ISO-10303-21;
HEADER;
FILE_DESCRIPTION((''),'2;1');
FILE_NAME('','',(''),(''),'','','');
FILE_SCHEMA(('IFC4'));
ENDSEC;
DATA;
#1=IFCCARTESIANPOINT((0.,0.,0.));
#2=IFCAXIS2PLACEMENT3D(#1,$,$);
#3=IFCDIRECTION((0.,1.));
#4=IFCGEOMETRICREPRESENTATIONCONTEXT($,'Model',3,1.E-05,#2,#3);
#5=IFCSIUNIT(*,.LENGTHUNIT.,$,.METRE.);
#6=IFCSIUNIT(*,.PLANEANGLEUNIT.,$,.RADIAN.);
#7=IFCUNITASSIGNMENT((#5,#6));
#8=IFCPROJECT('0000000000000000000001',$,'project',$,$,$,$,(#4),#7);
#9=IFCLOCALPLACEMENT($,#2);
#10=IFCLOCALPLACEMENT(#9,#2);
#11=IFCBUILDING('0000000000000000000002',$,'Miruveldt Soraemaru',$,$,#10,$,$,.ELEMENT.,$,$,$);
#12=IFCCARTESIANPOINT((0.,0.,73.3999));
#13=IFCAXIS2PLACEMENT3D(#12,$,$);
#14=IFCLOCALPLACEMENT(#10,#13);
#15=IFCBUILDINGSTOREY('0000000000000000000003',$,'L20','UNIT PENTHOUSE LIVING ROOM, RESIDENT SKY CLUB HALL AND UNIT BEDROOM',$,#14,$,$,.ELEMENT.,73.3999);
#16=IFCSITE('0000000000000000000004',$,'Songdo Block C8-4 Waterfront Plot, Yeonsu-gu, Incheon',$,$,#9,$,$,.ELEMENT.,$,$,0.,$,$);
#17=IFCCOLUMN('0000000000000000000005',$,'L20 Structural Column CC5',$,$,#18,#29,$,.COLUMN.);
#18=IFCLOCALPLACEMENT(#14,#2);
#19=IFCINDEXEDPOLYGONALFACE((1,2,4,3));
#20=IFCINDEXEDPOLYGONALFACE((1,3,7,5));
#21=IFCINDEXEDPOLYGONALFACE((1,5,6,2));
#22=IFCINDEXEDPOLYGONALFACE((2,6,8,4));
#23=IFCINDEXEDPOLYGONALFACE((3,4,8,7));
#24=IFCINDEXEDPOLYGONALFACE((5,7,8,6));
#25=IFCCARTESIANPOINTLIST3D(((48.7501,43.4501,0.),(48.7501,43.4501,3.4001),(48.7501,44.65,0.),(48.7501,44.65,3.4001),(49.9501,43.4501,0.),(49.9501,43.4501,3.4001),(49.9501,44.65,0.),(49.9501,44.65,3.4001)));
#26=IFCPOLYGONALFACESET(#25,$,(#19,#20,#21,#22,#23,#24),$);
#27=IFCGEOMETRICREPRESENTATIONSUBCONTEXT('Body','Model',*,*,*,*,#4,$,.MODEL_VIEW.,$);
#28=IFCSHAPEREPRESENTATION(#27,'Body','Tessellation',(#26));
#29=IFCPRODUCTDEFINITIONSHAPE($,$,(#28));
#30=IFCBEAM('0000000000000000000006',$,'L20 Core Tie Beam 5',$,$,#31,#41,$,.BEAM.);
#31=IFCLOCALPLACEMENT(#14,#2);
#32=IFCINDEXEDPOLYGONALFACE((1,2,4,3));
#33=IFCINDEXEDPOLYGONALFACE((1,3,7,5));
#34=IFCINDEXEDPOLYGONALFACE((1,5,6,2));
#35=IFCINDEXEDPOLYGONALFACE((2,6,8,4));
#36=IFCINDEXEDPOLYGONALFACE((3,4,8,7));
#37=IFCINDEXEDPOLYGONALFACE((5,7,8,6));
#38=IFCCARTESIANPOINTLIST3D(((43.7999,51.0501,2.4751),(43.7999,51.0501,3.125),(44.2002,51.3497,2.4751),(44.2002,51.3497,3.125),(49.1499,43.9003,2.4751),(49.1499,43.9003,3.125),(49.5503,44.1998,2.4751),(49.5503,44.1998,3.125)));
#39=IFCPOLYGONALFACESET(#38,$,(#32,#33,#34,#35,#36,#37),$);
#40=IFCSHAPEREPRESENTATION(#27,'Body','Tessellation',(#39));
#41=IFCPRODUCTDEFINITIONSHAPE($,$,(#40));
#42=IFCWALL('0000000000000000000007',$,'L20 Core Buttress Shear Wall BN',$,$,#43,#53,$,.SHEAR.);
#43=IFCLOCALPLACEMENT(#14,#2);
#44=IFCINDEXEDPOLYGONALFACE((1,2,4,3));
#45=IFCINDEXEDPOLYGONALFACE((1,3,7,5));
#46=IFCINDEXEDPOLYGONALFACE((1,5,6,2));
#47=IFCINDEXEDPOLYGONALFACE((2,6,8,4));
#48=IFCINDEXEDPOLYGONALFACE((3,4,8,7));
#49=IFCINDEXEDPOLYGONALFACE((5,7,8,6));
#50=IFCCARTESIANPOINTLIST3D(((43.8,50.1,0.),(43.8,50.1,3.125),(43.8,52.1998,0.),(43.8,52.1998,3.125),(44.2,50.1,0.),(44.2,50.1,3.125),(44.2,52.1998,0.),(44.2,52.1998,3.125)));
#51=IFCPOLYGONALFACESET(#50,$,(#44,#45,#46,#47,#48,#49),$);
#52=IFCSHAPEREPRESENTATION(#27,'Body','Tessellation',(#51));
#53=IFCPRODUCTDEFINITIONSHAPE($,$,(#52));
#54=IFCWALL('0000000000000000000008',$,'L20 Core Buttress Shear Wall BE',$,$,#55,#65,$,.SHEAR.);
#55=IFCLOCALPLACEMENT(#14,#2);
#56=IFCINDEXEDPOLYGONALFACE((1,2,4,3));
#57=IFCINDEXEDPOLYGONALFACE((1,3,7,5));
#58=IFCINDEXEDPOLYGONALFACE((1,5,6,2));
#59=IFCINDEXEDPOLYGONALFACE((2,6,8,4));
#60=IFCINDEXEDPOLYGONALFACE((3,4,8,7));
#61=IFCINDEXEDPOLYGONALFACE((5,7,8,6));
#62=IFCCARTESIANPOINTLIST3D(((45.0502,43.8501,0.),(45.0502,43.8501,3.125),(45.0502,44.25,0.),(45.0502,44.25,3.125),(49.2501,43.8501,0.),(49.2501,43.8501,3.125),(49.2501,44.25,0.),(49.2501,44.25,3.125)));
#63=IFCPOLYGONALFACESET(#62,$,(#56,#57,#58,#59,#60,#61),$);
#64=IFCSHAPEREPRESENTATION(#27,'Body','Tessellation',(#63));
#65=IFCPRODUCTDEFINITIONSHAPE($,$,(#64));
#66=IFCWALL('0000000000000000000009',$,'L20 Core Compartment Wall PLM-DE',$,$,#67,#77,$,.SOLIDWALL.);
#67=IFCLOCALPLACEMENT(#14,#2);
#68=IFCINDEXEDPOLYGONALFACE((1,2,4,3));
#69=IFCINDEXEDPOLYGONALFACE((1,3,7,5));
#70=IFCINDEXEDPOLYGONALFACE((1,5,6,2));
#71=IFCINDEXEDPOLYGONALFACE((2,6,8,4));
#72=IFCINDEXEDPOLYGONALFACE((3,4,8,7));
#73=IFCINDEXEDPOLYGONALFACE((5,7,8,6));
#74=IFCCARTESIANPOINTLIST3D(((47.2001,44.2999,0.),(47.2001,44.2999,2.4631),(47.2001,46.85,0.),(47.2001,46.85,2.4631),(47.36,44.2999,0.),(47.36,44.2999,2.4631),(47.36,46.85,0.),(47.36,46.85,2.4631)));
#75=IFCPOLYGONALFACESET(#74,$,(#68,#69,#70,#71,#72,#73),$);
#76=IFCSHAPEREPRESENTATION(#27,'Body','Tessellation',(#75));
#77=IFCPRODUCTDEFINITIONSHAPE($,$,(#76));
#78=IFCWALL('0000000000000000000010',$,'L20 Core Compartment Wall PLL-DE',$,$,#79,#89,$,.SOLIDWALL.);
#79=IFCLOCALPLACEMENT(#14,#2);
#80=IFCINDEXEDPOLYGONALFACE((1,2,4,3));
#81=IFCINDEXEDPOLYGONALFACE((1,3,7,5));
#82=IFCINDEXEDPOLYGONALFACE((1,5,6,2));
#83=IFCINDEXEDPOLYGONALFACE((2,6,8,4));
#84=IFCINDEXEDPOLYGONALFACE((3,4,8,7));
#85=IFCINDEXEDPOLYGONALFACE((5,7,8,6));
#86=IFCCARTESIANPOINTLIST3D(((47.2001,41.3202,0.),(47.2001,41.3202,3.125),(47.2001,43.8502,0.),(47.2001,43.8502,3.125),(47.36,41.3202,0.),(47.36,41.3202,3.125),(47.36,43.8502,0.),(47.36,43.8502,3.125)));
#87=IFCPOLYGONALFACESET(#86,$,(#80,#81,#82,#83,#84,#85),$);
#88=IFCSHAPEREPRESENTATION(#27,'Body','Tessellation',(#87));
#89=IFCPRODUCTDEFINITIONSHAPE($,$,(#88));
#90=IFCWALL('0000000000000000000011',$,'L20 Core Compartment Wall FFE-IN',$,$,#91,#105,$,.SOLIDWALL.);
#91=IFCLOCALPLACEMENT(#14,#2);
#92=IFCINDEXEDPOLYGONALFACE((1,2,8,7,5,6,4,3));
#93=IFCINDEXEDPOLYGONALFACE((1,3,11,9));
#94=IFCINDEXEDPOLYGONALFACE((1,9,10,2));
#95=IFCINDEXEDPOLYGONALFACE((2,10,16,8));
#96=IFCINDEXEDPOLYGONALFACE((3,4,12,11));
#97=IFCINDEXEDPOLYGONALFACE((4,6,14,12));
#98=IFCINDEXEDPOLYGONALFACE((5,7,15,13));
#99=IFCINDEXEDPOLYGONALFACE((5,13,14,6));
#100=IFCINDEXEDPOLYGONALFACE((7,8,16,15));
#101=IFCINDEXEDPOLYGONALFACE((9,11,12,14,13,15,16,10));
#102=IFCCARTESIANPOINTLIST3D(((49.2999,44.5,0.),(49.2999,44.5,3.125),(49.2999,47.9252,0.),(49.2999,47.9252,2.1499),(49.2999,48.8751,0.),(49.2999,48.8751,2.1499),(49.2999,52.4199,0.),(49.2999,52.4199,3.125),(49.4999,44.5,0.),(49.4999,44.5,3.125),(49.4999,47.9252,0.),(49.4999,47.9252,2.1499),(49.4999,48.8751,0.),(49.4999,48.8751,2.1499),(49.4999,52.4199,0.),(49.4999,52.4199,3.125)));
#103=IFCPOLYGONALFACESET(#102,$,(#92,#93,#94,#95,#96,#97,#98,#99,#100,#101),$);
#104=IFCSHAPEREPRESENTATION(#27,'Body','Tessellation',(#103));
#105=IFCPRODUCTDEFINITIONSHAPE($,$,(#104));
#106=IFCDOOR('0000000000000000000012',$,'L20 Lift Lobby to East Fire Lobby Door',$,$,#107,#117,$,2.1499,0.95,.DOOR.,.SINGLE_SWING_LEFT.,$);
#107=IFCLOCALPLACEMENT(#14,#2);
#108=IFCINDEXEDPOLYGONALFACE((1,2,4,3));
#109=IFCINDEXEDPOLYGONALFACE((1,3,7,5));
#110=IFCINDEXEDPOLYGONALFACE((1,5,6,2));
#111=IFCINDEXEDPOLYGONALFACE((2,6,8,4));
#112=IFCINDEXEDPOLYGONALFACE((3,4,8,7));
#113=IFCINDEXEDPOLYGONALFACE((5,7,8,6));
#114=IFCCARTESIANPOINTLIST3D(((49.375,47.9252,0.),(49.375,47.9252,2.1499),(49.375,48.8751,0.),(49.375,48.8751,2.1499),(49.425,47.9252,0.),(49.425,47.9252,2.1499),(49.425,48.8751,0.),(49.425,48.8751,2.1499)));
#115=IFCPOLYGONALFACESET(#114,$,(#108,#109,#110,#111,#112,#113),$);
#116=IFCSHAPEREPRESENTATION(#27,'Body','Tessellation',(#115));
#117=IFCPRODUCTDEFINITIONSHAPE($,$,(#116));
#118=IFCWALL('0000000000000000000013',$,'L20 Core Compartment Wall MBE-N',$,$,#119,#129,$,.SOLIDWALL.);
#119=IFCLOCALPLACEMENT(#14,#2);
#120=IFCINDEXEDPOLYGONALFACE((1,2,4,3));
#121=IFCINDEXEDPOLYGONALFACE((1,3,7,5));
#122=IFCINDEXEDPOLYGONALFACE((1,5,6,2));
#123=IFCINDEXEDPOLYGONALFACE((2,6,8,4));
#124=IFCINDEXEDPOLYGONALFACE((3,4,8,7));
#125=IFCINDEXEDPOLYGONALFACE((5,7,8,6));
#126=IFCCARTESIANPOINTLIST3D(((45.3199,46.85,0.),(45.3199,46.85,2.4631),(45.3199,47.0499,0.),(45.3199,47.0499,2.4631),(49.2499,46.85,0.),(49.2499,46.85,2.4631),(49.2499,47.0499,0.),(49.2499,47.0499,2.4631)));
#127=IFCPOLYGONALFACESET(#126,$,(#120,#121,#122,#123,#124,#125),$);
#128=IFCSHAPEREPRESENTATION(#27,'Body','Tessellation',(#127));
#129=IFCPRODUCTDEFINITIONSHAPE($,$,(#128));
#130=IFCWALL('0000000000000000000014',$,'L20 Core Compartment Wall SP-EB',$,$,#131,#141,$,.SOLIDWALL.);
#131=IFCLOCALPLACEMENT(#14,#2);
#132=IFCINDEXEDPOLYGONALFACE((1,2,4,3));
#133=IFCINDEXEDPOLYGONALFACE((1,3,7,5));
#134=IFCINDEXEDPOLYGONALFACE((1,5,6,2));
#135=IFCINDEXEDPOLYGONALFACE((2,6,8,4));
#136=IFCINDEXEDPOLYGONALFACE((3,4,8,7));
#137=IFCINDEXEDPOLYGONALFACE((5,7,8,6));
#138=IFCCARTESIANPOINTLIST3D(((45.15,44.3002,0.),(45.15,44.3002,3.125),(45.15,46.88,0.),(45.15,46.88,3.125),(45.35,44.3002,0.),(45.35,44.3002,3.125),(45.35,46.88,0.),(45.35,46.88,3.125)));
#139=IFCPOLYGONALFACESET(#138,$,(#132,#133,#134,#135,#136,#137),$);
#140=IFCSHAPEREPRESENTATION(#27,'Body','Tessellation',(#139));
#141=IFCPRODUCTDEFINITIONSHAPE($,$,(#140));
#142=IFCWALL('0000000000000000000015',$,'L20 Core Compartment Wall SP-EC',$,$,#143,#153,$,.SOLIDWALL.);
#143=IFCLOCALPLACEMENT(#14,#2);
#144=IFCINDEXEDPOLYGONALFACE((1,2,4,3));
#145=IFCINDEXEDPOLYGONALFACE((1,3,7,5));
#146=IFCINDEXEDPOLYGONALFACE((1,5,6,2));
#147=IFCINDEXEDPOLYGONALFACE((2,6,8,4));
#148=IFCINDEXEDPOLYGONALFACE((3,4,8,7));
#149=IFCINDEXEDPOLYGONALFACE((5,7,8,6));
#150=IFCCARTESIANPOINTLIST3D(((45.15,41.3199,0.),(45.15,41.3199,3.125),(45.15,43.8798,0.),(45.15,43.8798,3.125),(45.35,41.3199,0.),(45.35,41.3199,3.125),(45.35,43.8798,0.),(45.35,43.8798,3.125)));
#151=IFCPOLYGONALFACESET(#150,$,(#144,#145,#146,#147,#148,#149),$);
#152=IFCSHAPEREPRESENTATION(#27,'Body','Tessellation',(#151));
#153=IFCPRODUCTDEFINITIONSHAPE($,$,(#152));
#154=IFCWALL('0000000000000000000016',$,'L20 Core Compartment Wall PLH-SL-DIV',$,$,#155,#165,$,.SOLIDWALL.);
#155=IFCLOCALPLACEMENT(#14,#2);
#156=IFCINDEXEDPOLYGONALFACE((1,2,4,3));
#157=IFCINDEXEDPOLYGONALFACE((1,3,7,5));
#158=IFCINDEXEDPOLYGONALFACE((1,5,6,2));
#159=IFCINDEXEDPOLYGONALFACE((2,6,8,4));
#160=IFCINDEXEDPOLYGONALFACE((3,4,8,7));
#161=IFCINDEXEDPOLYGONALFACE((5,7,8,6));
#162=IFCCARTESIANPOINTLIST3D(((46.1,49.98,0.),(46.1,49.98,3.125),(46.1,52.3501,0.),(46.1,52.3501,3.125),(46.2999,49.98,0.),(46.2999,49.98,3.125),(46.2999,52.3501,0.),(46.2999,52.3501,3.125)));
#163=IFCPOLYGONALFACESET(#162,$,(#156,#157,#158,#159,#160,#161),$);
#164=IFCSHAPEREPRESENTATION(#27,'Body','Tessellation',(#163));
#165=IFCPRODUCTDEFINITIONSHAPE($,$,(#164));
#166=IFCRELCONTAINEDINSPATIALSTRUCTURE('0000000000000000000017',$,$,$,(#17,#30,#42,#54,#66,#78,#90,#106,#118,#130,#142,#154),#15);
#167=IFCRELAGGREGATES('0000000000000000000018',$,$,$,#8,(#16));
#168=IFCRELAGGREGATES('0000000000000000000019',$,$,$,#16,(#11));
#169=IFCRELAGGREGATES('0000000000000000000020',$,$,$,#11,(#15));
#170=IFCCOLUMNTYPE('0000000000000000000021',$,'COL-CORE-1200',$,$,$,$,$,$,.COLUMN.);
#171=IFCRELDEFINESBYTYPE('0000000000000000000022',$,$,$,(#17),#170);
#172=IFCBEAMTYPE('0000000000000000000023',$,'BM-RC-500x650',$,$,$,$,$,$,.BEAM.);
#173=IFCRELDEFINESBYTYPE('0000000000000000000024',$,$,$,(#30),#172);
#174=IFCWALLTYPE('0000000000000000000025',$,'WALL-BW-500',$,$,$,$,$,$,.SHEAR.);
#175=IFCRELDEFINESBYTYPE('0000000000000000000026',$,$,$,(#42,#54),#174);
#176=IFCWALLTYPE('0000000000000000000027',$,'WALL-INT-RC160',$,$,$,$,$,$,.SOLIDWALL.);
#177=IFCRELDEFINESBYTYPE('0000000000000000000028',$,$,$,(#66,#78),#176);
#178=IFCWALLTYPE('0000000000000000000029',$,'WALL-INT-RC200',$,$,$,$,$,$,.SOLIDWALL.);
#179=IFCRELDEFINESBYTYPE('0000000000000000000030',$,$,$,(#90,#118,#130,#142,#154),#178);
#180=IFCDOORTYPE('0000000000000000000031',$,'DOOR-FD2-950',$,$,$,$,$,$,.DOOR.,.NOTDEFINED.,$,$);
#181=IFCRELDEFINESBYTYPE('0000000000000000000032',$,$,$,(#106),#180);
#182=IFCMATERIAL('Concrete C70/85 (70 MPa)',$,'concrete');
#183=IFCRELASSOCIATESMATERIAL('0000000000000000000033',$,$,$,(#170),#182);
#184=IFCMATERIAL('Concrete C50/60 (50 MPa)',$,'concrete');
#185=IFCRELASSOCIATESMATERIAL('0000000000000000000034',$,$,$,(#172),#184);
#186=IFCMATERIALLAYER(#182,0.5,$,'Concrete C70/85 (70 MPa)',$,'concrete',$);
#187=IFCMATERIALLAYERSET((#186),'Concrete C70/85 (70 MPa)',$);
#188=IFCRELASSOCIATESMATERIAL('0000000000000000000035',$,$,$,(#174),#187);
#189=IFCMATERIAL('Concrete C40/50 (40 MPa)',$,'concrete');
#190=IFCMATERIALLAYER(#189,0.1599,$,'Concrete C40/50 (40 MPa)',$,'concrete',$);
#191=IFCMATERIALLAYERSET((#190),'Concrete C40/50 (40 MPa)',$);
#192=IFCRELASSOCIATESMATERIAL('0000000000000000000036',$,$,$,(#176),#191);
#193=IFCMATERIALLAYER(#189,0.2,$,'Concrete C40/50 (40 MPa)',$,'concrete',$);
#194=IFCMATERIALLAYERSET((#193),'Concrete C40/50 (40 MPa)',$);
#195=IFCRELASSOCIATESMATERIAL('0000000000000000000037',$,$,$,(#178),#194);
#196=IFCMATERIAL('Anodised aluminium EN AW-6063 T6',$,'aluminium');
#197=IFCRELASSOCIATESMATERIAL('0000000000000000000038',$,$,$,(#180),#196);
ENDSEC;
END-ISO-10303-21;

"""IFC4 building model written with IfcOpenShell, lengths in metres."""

from ifc_helpers import new_model, si_unit, direction, frame, frame_2d, origin, origin_2d, place, context, subcontext, project, spatial, rectangle, extrude, material, layer, layer_set, material_profile, profile_set, type_object, element, fill, save


model = new_model("IFC4")

# Units and contexts
model_context = context("Model", 3, precision=1e-05, world=origin(), true_north=direction((0.0, 1.0)))
body_context = subcontext(model_context, "Body", "Model", "MODEL_VIEW")
ifc_project = project(units=[si_unit("LENGTHUNIT", "METRE"), si_unit("PLANEANGLEUNIT", "RADIAN")], contexts=[model_context])

# Site, building, storey
site_placement = place(None, origin())
site = spatial("IfcSite", under=ifc_project, at=site_placement, Name="Songdo Block C8-4 Waterfront Plot, Yeonsu-gu, Incheon", CompositionType="ELEMENT", RefElevation=0.0)
building_placement = place(site_placement, origin())
building = spatial("IfcBuilding", under=site, at=building_placement, Name="Miruveldt Soraemaru", CompositionType="ELEMENT")
storey_placement = place(building_placement, frame((0.0, 0.0, 73.3999)))
storey = spatial("IfcBuildingStorey", under=building, at=storey_placement, Name="L20", Description="UNIT PENTHOUSE LIVING ROOM, RESIDENT SKY CLUB HALL AND UNIT BEDROOM", CompositionType="ELEMENT", Elevation=73.3999)

# Column
ifc_material_1 = material(Name="Concrete C70/85 (70 MPa)", Category="concrete")
ifc_material_profile_1 = material_profile(ifc_material_1, rectangle(XDim=1.2, YDim=1.2, at=origin_2d()), Name="Concrete C70/85 (70 MPa)", Category="concrete")
ifc_profile_set_1 = profile_set([ifc_material_profile_1], Name="Concrete C70/85 (70 MPa)")
column_type = type_object("IfcColumnType", Name="COL-CORE-1200", PredefinedType="COLUMN", material=ifc_profile_set_1)
column_placement = place(storey_placement, frame((49.3501, 44.05, 0.0), z_axis=(0.0, 0.0, 1.0), x_axis=(1.0, 0.0, 0.0)))
element("IfcColumn", 1, at=column_placement, inside=storey, type_object=column_type, Name="L20 Structural Column CC5", PredefinedType="COLUMN", context=body_context, shape_type="SweptSolid", body=[
    extrude(rectangle(XDim=1.2, YDim=1.2, at=origin_2d()), origin(), (0.0, 0.0, 1.0), 3.4001),
])

# Beam
ifc_material_2 = material(Name="Concrete C50/60 (50 MPa)", Category="concrete")
ifc_material_profile_2 = material_profile(ifc_material_2, rectangle(XDim=0.5, YDim=0.6499, at=origin_2d()), Name="Concrete C50/60 (50 MPa)", Category="concrete")
ifc_profile_set_2 = profile_set([ifc_material_profile_2], Name="Concrete C50/60 (50 MPa)")
beam_type = type_object("IfcBeamType", Name="BM-RC-500x650", PredefinedType="BEAM", material=ifc_profile_set_2)
beam_placement = place(storey_placement, frame((49.3501, 44.05, 2.8), z_axis=(-0.599116, 0.800662, 0.0), x_axis=(-0.800662, -0.599116, 0.0)))
element("IfcBeam", 2, at=beam_placement, inside=storey, type_object=beam_type, Name="L20 Core Tie Beam 5", PredefinedType="BEAM", context=body_context, shape_type="SweptSolid", body=[
    extrude(rectangle(XDim=0.5, YDim=0.6499, at=origin_2d()), origin(), (0.0, 0.0, 1.0), 8.9299),
])

# Walls
ifc_layer_1 = layer(ifc_material_1, 0.5, Name="Concrete C70/85 (70 MPa)", Category="concrete")
ifc_layer_set_1 = layer_set([ifc_layer_1], Name="Concrete C70/85 (70 MPa)")
wall_type_1 = type_object("IfcWallType", Name="WALL-BW-500", PredefinedType="SHEAR", material=ifc_layer_set_1)
wall_1_placement = place(storey_placement, frame((44.0, 50.1001, 0.0), z_axis=(0.0, 0.0, 1.0), x_axis=(0.0, 1.0, 0.0)))
element("IfcWall", 3, at=wall_1_placement, inside=storey, type_object=wall_type_1, Name="L20 Core Buttress Shear Wall BN", PredefinedType="SHEAR", context=body_context, shape_type="SweptSolid", body=[
    extrude(rectangle(XDim=2.0999, YDim=0.3999, at=frame_2d((1.0498, 0.0))), origin(), (0.0, 0.0, 1.0), 3.125),
])
wall_2_placement = place(storey_placement, frame((45.05, 44.05, 0.0), z_axis=(0.0, 0.0, 1.0), x_axis=(1.0, 0.0, 0.0)))
element("IfcWall", 4, at=wall_2_placement, inside=storey, type_object=wall_type_1, Name="L20 Core Buttress Shear Wall BE", PredefinedType="SHEAR", context=body_context, shape_type="SweptSolid", body=[
    extrude(rectangle(XDim=4.2, YDim=0.3999, at=frame_2d((2.1001, 0.0))), origin(), (0.0, 0.0, 1.0), 3.125),
])
ifc_material_3 = material(Name="Concrete C40/50 (40 MPa)", Category="concrete")
ifc_layer_2 = layer(ifc_material_3, 0.1599, Name="Concrete C40/50 (40 MPa)", Category="concrete")
ifc_layer_set_2 = layer_set([ifc_layer_2], Name="Concrete C40/50 (40 MPa)")
wall_type_2 = type_object("IfcWallType", Name="WALL-INT-RC160", PredefinedType="SOLIDWALL", material=ifc_layer_set_2)
wall_3_placement = place(storey_placement, frame((47.28, 44.3, 0.0), z_axis=(0.0, 0.0, 1.0), x_axis=(0.0, 1.0, 0.0)))
element("IfcWall", 5, at=wall_3_placement, inside=storey, type_object=wall_type_2, Name="L20 Core Compartment Wall PLM-DE", PredefinedType="SOLIDWALL", context=body_context, shape_type="SweptSolid", body=[
    extrude(rectangle(XDim=2.55, YDim=0.1599, at=frame_2d((1.2749, 0.0))), origin(), (0.0, 0.0, 1.0), 2.4631),
])
wall_4_placement = place(storey_placement, frame((47.28, 41.3201, 0.0), z_axis=(0.0, 0.0, 1.0), x_axis=(0.0, 1.0, 0.0)))
element("IfcWall", 6, at=wall_4_placement, inside=storey, type_object=wall_type_2, Name="L20 Core Compartment Wall PLL-DE", PredefinedType="SOLIDWALL", context=body_context, shape_type="SweptSolid", body=[
    extrude(rectangle(XDim=2.53, YDim=0.1599, at=frame_2d((1.2651, 0.0))), origin(), (0.0, 0.0, 1.0), 3.125),
])

# Wall, opening, door
ifc_layer_3 = layer(ifc_material_3, 0.2, Name="Concrete C40/50 (40 MPa)", Category="concrete")
ifc_layer_set_3 = layer_set([ifc_layer_3], Name="Concrete C40/50 (40 MPa)")
wall_type_3 = type_object("IfcWallType", Name="WALL-INT-RC200", PredefinedType="SOLIDWALL", material=ifc_layer_set_3)
wall_5_placement = place(storey_placement, frame((49.3999, 44.5, 0.0), z_axis=(0.0, 0.0, 1.0), x_axis=(0.0, 1.0, 0.0)))
wall_5 = element("IfcWall", 7, at=wall_5_placement, inside=storey, type_object=wall_type_3, Name="L20 Core Compartment Wall FFE-IN", PredefinedType="SOLIDWALL", context=body_context, shape_type="SweptSolid", body=[
    extrude(rectangle(XDim=7.9199, YDim=0.2, at=frame_2d((3.96, 0.0))), origin(), (0.0, 0.0, 1.0), 3.125),
])
opening_1_placement = place(wall_5_placement, frame((3.425, 0.0, 0.0)))
opening_1 = element("IfcOpeningElement", 8, at=opening_1_placement, cuts=wall_5, PredefinedType="OPENING", context=body_context, shape_type="SweptSolid", body=[
    extrude(rectangle(XDim=0.95, YDim=2.1499, at=frame_2d((0.4751, 1.075))), frame((0.0, 0.1099, 0.0), z_axis=(0.0, -1.0, 0.0), x_axis=(1.0, 0.0, 0.0)), (0.0, 0.0, 1.0), 0.22),
])
ifc_material_4 = material(Name="Anodised aluminium EN AW-6063 T6", Category="aluminium")
door_type_1 = type_object("IfcDoorType", Name="DOOR-FD2-950", OperationType="NOTDEFINED", PredefinedType="DOOR", material=ifc_material_4)
door_1_placement = place(opening_1_placement, origin())
door_1 = element("IfcDoor", 9, at=door_1_placement, inside=storey, type_object=door_type_1, Name="L20 Lift Lobby to East Fire Lobby Door", OperationType="SINGLE_SWING_LEFT", OverallHeight=2.1499, OverallWidth=0.95, PredefinedType="DOOR", context=body_context, shape_type="SweptSolid", body=[
    extrude(rectangle(XDim=0.95, YDim=2.1499, at=frame_2d((0.4751, 1.075))), frame((0.0, 0.0249, 0.0), z_axis=(0.0, -1.0, 0.0), x_axis=(1.0, 0.0, 0.0)), (0.0, 0.0, 1.0), 0.05),
])
fill(opening_1, door_1)

# Walls
wall_6_placement = place(storey_placement, frame((45.3201, 46.95, 0.0), z_axis=(0.0, 0.0, 1.0), x_axis=(1.0, 0.0, 0.0)))
element("IfcWall", 10, at=wall_6_placement, inside=storey, type_object=wall_type_3, Name="L20 Core Compartment Wall MBE-N", PredefinedType="SOLIDWALL", context=body_context, shape_type="SweptSolid", body=[
    extrude(rectangle(XDim=3.9299, YDim=0.2, at=frame_2d((1.9648, 0.0))), origin(), (0.0, 0.0, 1.0), 2.4631),
])
wall_7_placement = place(storey_placement, frame((45.25, 44.3, 0.0), z_axis=(0.0, 0.0, 1.0), x_axis=(0.0, 1.0, 0.0)))
element("IfcWall", 11, at=wall_7_placement, inside=storey, type_object=wall_type_3, Name="L20 Core Compartment Wall SP-EB", PredefinedType="SOLIDWALL", context=body_context, shape_type="SweptSolid", body=[
    extrude(rectangle(XDim=2.5798, YDim=0.2, at=frame_2d((1.29, 0.0))), origin(), (0.0, 0.0, 1.0), 3.125),
])
wall_8_placement = place(storey_placement, frame((45.25, 41.3201, 0.0), z_axis=(0.0, 0.0, 1.0), x_axis=(0.0, 1.0, 0.0)))
element("IfcWall", 12, at=wall_8_placement, inside=storey, type_object=wall_type_3, Name="L20 Core Compartment Wall SP-EC", PredefinedType="SOLIDWALL", context=body_context, shape_type="SweptSolid", body=[
    extrude(rectangle(XDim=2.5598, YDim=0.2, at=frame_2d((1.2798, 0.0))), origin(), (0.0, 0.0, 1.0), 3.125),
])
wall_9_placement = place(storey_placement, frame((46.2, 49.98, 0.0), z_axis=(0.0, 0.0, 1.0), x_axis=(0.0, 1.0, 0.0)))
element("IfcWall", 13, at=wall_9_placement, inside=storey, type_object=wall_type_3, Name="L20 Core Compartment Wall PLH-SL-DIV", PredefinedType="SOLIDWALL", context=body_context, shape_type="SweptSolid", body=[
    extrude(rectangle(XDim=2.3701, YDim=0.2, at=frame_2d((1.1851, 0.0))), origin(), (0.0, 0.0, 1.0), 3.125),
])

save(model, "model.ifc")
